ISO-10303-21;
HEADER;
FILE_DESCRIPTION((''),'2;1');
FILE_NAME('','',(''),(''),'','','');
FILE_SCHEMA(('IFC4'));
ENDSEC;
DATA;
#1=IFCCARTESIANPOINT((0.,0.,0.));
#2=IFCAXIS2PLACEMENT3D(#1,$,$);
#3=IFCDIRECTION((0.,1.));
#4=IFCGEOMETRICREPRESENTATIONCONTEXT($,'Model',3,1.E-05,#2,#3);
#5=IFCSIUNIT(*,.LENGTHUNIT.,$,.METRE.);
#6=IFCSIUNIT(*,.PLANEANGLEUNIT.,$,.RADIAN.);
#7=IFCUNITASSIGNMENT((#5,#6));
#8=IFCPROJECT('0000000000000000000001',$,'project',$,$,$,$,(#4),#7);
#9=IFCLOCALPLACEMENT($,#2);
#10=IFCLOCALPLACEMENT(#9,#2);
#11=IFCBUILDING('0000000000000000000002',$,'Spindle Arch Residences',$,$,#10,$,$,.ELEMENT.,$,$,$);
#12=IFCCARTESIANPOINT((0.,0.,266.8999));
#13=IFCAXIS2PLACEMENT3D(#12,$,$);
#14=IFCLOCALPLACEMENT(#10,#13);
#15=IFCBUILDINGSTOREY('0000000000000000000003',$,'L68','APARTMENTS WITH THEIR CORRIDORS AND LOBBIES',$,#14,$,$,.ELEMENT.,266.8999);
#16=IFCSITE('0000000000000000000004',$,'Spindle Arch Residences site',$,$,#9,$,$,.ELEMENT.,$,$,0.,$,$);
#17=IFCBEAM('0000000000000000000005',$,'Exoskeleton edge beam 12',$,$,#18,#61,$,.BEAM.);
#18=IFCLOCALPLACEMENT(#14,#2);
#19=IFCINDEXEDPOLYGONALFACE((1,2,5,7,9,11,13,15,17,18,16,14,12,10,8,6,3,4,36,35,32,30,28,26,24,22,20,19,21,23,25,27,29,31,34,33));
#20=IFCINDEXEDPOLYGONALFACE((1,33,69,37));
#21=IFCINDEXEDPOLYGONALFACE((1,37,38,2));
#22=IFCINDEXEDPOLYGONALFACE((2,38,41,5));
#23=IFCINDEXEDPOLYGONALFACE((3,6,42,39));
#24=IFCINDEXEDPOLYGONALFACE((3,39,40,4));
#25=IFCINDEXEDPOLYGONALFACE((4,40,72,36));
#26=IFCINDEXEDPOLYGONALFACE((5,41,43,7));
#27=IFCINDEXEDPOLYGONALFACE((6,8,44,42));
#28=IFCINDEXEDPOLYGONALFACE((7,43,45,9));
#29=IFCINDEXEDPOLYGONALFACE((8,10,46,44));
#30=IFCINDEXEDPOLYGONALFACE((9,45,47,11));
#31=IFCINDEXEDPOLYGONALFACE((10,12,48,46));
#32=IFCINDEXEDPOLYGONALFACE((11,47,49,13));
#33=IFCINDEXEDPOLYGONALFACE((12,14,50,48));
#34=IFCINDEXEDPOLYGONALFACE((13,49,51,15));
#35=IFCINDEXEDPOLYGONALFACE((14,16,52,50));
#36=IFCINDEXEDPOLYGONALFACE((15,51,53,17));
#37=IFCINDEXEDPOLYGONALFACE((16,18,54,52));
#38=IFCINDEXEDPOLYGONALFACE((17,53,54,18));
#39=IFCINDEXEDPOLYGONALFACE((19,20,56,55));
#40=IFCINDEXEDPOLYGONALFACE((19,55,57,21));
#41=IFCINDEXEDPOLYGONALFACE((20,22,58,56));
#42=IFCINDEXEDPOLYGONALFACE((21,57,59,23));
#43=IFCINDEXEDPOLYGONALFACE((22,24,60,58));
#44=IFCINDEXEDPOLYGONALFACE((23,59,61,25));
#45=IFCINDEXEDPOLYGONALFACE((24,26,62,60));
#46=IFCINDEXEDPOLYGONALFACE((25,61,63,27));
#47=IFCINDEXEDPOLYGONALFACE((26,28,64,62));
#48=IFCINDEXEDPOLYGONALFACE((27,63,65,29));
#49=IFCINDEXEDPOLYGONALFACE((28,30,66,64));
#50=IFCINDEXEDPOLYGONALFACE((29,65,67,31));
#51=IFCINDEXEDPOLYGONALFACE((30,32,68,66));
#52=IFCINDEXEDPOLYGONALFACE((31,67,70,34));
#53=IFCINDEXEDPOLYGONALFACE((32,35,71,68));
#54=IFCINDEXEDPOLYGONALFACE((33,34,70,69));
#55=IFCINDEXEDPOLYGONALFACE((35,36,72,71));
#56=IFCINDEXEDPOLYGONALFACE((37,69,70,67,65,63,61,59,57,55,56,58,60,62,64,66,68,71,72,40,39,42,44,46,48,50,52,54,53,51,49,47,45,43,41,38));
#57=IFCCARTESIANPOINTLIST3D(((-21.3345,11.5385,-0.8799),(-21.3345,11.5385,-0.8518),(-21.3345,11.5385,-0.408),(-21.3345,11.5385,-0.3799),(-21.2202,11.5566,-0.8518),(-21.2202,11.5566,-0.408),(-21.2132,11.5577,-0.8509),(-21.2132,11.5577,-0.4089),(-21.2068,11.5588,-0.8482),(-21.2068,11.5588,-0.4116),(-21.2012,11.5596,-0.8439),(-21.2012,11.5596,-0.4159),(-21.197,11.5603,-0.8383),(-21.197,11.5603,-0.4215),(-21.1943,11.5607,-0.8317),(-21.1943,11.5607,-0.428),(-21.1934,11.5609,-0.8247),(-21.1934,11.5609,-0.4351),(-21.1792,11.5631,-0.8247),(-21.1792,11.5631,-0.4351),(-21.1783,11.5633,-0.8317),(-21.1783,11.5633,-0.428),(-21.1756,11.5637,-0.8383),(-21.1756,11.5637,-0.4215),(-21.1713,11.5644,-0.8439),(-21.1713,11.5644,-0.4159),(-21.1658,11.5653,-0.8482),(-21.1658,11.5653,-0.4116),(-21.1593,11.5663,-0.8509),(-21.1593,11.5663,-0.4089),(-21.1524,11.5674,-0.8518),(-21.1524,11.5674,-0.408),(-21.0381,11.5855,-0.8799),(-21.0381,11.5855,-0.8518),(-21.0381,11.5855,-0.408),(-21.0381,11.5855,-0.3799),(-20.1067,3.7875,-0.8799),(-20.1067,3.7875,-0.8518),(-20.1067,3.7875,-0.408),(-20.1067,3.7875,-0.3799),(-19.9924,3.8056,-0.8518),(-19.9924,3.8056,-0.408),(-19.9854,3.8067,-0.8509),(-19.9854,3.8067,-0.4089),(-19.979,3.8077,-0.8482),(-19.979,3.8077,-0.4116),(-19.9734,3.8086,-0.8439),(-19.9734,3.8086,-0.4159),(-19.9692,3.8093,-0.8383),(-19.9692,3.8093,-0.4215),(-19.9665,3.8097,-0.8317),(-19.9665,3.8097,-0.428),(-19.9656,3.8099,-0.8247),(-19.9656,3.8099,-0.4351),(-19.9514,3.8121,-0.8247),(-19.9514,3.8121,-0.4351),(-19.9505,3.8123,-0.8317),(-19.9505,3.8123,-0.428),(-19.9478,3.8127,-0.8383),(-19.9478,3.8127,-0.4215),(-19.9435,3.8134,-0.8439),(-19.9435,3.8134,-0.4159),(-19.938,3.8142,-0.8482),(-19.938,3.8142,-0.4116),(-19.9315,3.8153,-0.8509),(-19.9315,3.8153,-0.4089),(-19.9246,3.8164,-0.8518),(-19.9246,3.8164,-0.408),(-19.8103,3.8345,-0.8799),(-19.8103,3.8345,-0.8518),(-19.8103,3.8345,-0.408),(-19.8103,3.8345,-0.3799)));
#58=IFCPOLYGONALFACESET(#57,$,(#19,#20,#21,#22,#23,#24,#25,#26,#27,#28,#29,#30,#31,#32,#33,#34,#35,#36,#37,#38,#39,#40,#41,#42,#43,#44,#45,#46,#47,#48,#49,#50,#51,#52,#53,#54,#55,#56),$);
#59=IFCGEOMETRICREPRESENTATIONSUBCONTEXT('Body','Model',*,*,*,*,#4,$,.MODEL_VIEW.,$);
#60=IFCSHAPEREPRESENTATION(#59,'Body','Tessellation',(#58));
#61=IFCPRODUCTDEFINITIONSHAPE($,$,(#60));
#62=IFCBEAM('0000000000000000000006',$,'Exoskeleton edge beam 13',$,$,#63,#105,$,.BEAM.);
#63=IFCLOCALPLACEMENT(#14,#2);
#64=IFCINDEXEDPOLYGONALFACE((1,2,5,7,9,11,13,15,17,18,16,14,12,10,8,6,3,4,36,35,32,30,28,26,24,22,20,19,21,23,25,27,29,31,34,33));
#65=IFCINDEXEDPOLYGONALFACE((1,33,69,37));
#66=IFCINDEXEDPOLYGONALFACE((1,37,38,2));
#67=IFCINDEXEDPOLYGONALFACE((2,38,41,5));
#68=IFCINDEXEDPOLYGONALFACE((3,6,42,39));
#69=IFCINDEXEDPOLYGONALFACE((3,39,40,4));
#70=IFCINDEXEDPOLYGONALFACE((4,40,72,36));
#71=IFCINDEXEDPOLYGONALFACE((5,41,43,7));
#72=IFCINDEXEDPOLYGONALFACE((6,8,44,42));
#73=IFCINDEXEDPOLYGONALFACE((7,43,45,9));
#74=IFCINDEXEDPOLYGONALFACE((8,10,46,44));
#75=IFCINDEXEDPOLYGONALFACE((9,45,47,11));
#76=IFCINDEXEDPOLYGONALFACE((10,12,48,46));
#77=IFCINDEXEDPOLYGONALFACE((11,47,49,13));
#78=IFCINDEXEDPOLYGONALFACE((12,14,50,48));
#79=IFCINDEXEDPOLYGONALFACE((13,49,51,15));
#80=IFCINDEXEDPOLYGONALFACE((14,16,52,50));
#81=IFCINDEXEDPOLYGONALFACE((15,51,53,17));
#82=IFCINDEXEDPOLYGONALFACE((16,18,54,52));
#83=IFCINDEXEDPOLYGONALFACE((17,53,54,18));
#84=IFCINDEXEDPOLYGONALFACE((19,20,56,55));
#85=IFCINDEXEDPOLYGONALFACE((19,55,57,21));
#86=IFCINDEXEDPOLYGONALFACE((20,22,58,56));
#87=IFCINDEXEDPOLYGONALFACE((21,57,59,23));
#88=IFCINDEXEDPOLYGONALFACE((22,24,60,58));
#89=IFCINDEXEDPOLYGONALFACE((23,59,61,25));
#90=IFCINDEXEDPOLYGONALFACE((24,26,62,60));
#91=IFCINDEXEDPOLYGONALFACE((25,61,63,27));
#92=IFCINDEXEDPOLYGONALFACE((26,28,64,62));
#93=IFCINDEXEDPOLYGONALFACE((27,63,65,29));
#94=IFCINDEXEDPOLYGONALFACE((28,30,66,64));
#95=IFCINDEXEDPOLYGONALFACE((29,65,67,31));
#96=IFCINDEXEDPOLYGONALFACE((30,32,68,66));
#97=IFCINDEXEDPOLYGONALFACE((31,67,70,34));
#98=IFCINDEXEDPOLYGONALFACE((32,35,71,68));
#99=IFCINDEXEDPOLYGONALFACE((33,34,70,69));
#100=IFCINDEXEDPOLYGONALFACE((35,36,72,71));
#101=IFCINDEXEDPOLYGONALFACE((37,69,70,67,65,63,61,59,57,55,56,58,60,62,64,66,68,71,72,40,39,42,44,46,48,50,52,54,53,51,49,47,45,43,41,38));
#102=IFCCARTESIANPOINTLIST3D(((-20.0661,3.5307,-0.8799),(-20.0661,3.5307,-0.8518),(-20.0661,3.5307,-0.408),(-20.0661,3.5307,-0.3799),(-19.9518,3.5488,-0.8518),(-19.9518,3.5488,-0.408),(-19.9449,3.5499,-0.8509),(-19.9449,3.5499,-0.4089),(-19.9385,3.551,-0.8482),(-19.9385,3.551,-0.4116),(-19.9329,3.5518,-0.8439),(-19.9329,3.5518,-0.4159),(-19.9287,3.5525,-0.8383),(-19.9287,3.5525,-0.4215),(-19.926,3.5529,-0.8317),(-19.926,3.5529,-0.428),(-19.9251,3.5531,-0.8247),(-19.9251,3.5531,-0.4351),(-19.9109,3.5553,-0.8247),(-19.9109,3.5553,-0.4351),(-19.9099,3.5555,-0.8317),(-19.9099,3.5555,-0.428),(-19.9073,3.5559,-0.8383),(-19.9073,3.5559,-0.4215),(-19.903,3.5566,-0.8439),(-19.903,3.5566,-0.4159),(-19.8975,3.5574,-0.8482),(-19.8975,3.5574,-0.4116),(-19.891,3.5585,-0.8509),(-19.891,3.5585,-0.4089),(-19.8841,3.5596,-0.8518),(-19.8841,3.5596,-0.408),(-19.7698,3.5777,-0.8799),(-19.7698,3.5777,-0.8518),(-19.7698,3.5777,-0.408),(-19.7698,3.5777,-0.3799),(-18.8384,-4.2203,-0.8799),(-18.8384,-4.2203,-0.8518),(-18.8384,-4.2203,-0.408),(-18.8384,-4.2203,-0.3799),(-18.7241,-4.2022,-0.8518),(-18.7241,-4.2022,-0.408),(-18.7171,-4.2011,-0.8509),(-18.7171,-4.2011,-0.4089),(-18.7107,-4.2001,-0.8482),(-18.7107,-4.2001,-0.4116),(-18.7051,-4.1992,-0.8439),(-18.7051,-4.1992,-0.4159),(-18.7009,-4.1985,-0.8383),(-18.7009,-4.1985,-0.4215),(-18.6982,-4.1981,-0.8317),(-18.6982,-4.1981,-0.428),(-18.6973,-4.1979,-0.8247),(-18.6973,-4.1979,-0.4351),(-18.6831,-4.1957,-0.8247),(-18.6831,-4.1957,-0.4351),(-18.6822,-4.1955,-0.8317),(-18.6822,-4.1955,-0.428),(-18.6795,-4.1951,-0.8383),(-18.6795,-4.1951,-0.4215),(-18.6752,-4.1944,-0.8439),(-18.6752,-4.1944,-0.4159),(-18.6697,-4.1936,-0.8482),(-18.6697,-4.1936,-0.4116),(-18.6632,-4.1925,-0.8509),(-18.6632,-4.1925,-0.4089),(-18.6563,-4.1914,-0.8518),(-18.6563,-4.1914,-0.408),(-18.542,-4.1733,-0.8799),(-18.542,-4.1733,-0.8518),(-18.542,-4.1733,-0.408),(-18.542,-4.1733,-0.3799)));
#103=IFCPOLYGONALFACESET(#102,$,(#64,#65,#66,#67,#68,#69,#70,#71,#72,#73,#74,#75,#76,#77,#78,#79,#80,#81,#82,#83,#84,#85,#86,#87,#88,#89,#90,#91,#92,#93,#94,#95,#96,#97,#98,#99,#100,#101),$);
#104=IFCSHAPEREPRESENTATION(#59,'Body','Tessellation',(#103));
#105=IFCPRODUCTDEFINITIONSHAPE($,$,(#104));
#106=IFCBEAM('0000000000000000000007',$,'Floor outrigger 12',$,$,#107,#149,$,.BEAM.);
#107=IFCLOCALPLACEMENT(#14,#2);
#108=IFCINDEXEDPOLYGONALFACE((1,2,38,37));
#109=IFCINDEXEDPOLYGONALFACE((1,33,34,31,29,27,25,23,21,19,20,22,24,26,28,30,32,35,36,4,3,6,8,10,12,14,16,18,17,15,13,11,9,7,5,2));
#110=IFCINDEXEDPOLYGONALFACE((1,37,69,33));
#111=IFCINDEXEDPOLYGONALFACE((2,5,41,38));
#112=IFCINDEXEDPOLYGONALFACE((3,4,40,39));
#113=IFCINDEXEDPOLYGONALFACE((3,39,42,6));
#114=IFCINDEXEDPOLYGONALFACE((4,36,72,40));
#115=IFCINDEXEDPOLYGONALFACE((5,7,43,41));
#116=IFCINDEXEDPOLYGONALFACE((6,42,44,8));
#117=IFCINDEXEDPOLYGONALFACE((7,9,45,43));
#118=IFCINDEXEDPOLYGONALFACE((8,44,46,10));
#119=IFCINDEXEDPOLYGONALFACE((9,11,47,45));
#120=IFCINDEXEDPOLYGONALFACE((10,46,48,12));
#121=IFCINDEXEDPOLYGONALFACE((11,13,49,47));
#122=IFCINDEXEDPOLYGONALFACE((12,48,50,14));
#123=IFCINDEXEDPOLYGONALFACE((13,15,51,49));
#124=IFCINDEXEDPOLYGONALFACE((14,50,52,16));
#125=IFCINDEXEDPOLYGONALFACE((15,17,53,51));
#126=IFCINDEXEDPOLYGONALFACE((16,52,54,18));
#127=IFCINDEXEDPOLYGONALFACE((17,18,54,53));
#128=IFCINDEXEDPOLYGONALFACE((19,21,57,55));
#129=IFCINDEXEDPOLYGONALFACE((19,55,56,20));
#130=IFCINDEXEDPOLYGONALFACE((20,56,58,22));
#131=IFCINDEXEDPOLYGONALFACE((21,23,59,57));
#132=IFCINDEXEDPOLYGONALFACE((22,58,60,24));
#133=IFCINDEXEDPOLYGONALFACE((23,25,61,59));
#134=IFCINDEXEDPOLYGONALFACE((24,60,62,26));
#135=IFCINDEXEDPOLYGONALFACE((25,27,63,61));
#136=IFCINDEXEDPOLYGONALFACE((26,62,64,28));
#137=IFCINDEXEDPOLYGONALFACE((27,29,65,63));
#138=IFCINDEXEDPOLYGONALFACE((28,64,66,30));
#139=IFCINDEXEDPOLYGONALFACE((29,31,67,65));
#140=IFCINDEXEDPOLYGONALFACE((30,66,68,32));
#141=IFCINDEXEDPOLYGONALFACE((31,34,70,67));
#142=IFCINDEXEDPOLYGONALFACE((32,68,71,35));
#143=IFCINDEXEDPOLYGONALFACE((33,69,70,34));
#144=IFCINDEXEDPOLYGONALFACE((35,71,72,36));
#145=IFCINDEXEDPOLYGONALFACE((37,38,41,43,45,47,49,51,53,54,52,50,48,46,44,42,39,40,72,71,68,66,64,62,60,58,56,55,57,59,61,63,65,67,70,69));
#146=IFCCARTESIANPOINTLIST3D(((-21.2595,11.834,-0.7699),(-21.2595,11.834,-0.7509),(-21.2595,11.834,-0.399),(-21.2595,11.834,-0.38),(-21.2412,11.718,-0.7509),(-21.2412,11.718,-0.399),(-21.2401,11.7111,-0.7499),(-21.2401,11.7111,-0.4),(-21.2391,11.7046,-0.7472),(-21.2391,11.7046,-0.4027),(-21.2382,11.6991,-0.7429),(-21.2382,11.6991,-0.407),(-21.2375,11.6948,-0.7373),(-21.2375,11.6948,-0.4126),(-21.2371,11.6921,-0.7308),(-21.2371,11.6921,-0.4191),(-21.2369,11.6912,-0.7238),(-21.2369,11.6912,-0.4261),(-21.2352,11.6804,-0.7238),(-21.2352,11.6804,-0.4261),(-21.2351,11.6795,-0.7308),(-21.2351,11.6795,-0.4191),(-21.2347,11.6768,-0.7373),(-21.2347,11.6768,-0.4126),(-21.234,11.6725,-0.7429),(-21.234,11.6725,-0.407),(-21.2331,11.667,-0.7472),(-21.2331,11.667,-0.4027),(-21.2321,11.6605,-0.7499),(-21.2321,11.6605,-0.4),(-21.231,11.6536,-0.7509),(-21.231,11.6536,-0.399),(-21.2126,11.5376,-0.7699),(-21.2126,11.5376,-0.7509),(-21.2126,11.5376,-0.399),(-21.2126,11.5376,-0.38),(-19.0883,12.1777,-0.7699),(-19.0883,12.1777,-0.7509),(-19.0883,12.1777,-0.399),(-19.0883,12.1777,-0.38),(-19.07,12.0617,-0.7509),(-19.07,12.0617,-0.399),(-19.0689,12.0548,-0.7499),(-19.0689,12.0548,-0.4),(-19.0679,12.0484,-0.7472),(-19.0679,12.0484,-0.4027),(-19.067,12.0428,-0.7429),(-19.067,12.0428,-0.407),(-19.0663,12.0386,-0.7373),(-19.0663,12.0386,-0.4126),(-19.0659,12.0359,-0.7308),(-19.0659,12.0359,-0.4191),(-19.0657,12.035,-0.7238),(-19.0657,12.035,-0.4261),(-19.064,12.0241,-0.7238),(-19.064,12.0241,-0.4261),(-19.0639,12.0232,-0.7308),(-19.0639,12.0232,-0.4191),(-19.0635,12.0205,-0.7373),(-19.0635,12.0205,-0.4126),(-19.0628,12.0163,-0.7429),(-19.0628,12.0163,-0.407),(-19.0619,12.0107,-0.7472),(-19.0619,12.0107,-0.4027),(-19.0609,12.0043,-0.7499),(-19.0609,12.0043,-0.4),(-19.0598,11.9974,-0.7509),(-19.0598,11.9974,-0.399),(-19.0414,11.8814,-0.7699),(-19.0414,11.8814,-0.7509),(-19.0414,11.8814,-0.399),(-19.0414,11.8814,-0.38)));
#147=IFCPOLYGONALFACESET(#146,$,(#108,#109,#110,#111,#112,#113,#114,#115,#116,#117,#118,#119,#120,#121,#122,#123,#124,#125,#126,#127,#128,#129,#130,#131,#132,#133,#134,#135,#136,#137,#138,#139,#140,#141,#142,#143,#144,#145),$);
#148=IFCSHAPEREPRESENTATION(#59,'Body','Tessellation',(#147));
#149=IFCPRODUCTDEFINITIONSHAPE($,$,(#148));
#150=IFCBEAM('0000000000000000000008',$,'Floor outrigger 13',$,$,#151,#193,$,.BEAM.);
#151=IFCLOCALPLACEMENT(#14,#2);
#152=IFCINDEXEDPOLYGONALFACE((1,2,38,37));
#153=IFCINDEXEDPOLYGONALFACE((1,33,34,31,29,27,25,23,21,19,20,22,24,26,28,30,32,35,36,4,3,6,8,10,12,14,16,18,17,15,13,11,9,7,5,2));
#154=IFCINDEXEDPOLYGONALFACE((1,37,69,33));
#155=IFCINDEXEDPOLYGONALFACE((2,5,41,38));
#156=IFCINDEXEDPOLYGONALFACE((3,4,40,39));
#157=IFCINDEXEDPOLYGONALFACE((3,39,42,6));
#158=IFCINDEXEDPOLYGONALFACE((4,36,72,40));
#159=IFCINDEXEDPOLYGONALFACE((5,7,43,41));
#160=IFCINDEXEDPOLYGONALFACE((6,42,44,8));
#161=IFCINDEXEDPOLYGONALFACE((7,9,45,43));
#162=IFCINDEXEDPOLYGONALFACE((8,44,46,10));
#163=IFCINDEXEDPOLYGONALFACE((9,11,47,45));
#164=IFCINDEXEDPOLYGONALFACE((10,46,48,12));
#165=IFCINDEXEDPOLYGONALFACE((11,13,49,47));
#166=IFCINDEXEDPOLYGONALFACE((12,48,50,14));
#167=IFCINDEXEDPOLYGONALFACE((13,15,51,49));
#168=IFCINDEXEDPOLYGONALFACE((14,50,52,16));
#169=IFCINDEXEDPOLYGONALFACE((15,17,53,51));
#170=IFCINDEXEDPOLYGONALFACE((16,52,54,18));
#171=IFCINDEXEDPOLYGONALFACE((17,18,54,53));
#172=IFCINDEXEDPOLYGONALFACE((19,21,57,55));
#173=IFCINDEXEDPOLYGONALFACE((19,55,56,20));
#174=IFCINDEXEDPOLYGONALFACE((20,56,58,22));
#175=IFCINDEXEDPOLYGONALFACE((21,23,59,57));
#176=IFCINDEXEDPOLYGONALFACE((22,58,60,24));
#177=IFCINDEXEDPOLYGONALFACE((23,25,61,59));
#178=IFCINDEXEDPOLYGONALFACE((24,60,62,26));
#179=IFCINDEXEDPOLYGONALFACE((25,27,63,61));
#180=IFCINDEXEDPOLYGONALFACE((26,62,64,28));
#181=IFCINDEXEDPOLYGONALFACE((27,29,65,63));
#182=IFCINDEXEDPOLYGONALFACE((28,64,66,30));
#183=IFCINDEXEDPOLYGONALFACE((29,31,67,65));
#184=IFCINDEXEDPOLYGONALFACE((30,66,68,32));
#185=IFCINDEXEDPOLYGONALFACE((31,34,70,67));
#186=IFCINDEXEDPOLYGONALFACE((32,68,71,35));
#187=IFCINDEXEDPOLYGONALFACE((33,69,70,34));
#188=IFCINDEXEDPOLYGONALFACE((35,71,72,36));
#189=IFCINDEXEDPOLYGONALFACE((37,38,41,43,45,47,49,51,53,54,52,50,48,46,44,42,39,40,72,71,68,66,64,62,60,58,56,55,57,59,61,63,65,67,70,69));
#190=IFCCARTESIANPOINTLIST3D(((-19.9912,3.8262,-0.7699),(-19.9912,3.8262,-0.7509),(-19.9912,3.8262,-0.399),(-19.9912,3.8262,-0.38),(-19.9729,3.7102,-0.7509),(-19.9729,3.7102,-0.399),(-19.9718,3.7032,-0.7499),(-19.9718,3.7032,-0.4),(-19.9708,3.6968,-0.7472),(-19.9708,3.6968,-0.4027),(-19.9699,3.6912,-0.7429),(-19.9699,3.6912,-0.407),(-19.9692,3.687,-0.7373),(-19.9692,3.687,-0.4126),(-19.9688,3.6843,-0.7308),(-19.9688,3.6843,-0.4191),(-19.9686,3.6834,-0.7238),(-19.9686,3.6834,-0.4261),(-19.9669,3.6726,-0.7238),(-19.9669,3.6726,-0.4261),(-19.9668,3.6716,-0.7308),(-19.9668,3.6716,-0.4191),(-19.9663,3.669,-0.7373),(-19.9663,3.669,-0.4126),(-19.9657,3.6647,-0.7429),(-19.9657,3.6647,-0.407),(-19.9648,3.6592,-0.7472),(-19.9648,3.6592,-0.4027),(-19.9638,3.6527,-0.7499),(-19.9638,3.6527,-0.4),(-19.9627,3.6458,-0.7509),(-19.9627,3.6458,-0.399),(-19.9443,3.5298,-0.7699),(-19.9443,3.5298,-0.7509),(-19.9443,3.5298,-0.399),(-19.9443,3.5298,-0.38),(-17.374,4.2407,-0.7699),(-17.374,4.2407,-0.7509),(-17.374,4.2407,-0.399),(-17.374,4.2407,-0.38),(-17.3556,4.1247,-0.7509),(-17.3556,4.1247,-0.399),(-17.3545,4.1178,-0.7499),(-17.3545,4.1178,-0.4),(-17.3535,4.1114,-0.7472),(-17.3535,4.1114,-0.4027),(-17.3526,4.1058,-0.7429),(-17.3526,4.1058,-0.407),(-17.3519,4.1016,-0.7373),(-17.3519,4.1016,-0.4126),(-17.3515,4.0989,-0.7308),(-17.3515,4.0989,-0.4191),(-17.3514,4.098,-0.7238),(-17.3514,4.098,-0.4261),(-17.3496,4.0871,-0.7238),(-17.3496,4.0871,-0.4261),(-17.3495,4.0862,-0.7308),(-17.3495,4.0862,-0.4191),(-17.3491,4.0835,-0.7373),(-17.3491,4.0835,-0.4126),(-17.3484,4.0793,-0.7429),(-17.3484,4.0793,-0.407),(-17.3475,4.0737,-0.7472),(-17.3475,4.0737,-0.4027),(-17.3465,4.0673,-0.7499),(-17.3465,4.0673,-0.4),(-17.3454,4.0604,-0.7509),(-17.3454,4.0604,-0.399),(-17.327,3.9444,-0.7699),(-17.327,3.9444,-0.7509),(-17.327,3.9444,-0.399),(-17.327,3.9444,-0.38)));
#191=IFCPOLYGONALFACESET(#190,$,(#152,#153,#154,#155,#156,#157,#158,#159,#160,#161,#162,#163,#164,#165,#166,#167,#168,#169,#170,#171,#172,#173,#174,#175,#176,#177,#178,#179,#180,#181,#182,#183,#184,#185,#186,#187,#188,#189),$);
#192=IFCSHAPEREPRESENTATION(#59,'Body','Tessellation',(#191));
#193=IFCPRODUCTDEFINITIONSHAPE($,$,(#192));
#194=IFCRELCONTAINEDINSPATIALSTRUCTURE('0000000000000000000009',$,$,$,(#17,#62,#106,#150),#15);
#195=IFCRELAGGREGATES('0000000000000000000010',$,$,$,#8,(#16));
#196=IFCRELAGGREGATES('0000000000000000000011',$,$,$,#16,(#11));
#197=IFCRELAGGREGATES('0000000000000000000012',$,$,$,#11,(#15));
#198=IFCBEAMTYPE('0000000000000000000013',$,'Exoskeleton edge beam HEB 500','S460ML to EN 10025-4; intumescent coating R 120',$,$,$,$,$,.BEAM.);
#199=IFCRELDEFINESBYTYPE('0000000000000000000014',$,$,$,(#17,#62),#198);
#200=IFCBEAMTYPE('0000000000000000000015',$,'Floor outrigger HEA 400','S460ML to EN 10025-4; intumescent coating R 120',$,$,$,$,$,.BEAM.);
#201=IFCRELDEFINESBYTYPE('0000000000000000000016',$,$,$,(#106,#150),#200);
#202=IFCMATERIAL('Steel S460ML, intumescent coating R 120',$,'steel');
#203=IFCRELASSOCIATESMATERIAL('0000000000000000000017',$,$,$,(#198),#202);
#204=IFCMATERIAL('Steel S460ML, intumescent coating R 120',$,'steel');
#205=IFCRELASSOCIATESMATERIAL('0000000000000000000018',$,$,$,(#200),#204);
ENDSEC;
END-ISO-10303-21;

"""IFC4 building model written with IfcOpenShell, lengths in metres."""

from ifc_helpers import new_model, si_unit, direction, frame, origin, origin_2d, place, context, subcontext, project, spatial, i_section, extrude, material, material_profile, profile_set, type_object, element, save


model = new_model("IFC4")

# Units and contexts
model_context = context("Model", 3, precision=1e-05, world=origin(), true_north=direction((0.0, 1.0)))
body_context = subcontext(model_context, "Body", "Model", "MODEL_VIEW")
ifc_project = project(units=[si_unit("LENGTHUNIT", "METRE"), si_unit("PLANEANGLEUNIT", "RADIAN")], contexts=[model_context])

# Site, building, storey
site_placement = place(None, origin())
site = spatial("IfcSite", under=ifc_project, at=site_placement, Name="Spindle Arch Residences site", CompositionType="ELEMENT", RefElevation=0.0)
building_placement = place(site_placement, origin())
building = spatial("IfcBuilding", under=site, at=building_placement, Name="Spindle Arch Residences", CompositionType="ELEMENT")
storey_placement = place(building_placement, frame((0.0, 0.0, 266.8999)))
storey = spatial("IfcBuildingStorey", under=building, at=storey_placement, Name="L68", Description="APARTMENTS WITH THEIR CORRIDORS AND LOBBIES", CompositionType="ELEMENT", Elevation=266.8999)

# Beams
ifc_material_1 = material(Name="Steel S460ML, intumescent coating R 120", Category="steel")
ifc_material_profile_1 = material_profile(ifc_material_1, i_section(OverallWidth=0.3, OverallDepth=0.5, WebThickness=0.0144, FlangeThickness=0.0281, FilletRadius=0.0271, at=origin_2d()), Name="HEB 500")
ifc_profile_set_1 = profile_set([ifc_material_profile_1], Name="Steel S460ML, intumescent coating R 120")
beam_type_1 = type_object("IfcBeamType", Name="Exoskeleton edge beam HEB 500", Description="S460ML to EN 10025-4; intumescent coating R 120", PredefinedType="BEAM", material=ifc_profile_set_1)
for number, where, z_axis, x_axis, name in (
    (1, (-21.1863, 11.562, -0.6299), (0.156453, -0.987685, 0.0), (0.987685, 0.156453, 0.0), "Exoskeleton edge beam 12"),
    (2, (-19.918, 3.5542, -0.6299), (0.156453, -0.987685, 0.0), (0.987685, 0.156453, 0.0), "Exoskeleton edge beam 13"),
):
    element("IfcBeam", number, at=place(storey_placement, frame(where, z_axis=z_axis, x_axis=x_axis)), inside=storey, type_object=beam_type_1, Name=name, PredefinedType="BEAM", context=body_context, shape_type="SweptSolid", body=[
        extrude(i_section(OverallWidth=0.3, OverallDepth=0.5, WebThickness=0.0144, FlangeThickness=0.0281, FilletRadius=0.0271, at=origin_2d()), origin(), (0.0, 0.0, 1.0), 7.8477),
    ])
ifc_material_2 = material(Name="Steel S460ML, intumescent coating R 120", Category="steel")
ifc_material_profile_2 = material_profile(ifc_material_2, i_section(OverallWidth=0.3, OverallDepth=0.3899, WebThickness=0.011, FlangeThickness=0.019, FilletRadius=0.0271, at=origin_2d()), Name="HEA 400")
ifc_profile_set_2 = profile_set([ifc_material_profile_2], Name="Steel S460ML, intumescent coating R 120")
beam_type_2 = type_object("IfcBeamType", Name="Floor outrigger HEA 400", Description="S460ML to EN 10025-4; intumescent coating R 120", PredefinedType="BEAM", material=ifc_profile_set_2)
beam_1_placement = place(storey_placement, frame((-21.2361, 11.6858, -0.575), z_axis=(0.987697, 0.156379, 0.0), x_axis=(-0.156379, 0.987697, 0.0)))
element("IfcBeam", 3, at=beam_1_placement, inside=storey, type_object=beam_type_2, Name="Floor outrigger 12", PredefinedType="BEAM", context=body_context, shape_type="SweptSolid", body=[
    extrude(i_section(OverallWidth=0.3, OverallDepth=0.3899, WebThickness=0.011, FlangeThickness=0.019, FilletRadius=0.0271, at=origin_2d()), origin(), (0.0, 0.0, 1.0), 2.1982),
])
beam_2_placement = place(storey_placement, frame((-19.9678, 3.678, -0.575), z_axis=(0.987687, 0.156445, 0.0), x_axis=(-0.156445, 0.987687, 0.0)))
element("IfcBeam", 4, at=beam_2_placement, inside=storey, type_object=beam_type_2, Name="Floor outrigger 13", PredefinedType="BEAM", context=body_context, shape_type="SweptSolid", body=[
    extrude(i_section(OverallWidth=0.3, OverallDepth=0.3899, WebThickness=0.011, FlangeThickness=0.019, FilletRadius=0.0271, at=origin_2d()), origin(), (0.0, 0.0, 1.0), 2.6499),
])

save(model, "model.ifc")
